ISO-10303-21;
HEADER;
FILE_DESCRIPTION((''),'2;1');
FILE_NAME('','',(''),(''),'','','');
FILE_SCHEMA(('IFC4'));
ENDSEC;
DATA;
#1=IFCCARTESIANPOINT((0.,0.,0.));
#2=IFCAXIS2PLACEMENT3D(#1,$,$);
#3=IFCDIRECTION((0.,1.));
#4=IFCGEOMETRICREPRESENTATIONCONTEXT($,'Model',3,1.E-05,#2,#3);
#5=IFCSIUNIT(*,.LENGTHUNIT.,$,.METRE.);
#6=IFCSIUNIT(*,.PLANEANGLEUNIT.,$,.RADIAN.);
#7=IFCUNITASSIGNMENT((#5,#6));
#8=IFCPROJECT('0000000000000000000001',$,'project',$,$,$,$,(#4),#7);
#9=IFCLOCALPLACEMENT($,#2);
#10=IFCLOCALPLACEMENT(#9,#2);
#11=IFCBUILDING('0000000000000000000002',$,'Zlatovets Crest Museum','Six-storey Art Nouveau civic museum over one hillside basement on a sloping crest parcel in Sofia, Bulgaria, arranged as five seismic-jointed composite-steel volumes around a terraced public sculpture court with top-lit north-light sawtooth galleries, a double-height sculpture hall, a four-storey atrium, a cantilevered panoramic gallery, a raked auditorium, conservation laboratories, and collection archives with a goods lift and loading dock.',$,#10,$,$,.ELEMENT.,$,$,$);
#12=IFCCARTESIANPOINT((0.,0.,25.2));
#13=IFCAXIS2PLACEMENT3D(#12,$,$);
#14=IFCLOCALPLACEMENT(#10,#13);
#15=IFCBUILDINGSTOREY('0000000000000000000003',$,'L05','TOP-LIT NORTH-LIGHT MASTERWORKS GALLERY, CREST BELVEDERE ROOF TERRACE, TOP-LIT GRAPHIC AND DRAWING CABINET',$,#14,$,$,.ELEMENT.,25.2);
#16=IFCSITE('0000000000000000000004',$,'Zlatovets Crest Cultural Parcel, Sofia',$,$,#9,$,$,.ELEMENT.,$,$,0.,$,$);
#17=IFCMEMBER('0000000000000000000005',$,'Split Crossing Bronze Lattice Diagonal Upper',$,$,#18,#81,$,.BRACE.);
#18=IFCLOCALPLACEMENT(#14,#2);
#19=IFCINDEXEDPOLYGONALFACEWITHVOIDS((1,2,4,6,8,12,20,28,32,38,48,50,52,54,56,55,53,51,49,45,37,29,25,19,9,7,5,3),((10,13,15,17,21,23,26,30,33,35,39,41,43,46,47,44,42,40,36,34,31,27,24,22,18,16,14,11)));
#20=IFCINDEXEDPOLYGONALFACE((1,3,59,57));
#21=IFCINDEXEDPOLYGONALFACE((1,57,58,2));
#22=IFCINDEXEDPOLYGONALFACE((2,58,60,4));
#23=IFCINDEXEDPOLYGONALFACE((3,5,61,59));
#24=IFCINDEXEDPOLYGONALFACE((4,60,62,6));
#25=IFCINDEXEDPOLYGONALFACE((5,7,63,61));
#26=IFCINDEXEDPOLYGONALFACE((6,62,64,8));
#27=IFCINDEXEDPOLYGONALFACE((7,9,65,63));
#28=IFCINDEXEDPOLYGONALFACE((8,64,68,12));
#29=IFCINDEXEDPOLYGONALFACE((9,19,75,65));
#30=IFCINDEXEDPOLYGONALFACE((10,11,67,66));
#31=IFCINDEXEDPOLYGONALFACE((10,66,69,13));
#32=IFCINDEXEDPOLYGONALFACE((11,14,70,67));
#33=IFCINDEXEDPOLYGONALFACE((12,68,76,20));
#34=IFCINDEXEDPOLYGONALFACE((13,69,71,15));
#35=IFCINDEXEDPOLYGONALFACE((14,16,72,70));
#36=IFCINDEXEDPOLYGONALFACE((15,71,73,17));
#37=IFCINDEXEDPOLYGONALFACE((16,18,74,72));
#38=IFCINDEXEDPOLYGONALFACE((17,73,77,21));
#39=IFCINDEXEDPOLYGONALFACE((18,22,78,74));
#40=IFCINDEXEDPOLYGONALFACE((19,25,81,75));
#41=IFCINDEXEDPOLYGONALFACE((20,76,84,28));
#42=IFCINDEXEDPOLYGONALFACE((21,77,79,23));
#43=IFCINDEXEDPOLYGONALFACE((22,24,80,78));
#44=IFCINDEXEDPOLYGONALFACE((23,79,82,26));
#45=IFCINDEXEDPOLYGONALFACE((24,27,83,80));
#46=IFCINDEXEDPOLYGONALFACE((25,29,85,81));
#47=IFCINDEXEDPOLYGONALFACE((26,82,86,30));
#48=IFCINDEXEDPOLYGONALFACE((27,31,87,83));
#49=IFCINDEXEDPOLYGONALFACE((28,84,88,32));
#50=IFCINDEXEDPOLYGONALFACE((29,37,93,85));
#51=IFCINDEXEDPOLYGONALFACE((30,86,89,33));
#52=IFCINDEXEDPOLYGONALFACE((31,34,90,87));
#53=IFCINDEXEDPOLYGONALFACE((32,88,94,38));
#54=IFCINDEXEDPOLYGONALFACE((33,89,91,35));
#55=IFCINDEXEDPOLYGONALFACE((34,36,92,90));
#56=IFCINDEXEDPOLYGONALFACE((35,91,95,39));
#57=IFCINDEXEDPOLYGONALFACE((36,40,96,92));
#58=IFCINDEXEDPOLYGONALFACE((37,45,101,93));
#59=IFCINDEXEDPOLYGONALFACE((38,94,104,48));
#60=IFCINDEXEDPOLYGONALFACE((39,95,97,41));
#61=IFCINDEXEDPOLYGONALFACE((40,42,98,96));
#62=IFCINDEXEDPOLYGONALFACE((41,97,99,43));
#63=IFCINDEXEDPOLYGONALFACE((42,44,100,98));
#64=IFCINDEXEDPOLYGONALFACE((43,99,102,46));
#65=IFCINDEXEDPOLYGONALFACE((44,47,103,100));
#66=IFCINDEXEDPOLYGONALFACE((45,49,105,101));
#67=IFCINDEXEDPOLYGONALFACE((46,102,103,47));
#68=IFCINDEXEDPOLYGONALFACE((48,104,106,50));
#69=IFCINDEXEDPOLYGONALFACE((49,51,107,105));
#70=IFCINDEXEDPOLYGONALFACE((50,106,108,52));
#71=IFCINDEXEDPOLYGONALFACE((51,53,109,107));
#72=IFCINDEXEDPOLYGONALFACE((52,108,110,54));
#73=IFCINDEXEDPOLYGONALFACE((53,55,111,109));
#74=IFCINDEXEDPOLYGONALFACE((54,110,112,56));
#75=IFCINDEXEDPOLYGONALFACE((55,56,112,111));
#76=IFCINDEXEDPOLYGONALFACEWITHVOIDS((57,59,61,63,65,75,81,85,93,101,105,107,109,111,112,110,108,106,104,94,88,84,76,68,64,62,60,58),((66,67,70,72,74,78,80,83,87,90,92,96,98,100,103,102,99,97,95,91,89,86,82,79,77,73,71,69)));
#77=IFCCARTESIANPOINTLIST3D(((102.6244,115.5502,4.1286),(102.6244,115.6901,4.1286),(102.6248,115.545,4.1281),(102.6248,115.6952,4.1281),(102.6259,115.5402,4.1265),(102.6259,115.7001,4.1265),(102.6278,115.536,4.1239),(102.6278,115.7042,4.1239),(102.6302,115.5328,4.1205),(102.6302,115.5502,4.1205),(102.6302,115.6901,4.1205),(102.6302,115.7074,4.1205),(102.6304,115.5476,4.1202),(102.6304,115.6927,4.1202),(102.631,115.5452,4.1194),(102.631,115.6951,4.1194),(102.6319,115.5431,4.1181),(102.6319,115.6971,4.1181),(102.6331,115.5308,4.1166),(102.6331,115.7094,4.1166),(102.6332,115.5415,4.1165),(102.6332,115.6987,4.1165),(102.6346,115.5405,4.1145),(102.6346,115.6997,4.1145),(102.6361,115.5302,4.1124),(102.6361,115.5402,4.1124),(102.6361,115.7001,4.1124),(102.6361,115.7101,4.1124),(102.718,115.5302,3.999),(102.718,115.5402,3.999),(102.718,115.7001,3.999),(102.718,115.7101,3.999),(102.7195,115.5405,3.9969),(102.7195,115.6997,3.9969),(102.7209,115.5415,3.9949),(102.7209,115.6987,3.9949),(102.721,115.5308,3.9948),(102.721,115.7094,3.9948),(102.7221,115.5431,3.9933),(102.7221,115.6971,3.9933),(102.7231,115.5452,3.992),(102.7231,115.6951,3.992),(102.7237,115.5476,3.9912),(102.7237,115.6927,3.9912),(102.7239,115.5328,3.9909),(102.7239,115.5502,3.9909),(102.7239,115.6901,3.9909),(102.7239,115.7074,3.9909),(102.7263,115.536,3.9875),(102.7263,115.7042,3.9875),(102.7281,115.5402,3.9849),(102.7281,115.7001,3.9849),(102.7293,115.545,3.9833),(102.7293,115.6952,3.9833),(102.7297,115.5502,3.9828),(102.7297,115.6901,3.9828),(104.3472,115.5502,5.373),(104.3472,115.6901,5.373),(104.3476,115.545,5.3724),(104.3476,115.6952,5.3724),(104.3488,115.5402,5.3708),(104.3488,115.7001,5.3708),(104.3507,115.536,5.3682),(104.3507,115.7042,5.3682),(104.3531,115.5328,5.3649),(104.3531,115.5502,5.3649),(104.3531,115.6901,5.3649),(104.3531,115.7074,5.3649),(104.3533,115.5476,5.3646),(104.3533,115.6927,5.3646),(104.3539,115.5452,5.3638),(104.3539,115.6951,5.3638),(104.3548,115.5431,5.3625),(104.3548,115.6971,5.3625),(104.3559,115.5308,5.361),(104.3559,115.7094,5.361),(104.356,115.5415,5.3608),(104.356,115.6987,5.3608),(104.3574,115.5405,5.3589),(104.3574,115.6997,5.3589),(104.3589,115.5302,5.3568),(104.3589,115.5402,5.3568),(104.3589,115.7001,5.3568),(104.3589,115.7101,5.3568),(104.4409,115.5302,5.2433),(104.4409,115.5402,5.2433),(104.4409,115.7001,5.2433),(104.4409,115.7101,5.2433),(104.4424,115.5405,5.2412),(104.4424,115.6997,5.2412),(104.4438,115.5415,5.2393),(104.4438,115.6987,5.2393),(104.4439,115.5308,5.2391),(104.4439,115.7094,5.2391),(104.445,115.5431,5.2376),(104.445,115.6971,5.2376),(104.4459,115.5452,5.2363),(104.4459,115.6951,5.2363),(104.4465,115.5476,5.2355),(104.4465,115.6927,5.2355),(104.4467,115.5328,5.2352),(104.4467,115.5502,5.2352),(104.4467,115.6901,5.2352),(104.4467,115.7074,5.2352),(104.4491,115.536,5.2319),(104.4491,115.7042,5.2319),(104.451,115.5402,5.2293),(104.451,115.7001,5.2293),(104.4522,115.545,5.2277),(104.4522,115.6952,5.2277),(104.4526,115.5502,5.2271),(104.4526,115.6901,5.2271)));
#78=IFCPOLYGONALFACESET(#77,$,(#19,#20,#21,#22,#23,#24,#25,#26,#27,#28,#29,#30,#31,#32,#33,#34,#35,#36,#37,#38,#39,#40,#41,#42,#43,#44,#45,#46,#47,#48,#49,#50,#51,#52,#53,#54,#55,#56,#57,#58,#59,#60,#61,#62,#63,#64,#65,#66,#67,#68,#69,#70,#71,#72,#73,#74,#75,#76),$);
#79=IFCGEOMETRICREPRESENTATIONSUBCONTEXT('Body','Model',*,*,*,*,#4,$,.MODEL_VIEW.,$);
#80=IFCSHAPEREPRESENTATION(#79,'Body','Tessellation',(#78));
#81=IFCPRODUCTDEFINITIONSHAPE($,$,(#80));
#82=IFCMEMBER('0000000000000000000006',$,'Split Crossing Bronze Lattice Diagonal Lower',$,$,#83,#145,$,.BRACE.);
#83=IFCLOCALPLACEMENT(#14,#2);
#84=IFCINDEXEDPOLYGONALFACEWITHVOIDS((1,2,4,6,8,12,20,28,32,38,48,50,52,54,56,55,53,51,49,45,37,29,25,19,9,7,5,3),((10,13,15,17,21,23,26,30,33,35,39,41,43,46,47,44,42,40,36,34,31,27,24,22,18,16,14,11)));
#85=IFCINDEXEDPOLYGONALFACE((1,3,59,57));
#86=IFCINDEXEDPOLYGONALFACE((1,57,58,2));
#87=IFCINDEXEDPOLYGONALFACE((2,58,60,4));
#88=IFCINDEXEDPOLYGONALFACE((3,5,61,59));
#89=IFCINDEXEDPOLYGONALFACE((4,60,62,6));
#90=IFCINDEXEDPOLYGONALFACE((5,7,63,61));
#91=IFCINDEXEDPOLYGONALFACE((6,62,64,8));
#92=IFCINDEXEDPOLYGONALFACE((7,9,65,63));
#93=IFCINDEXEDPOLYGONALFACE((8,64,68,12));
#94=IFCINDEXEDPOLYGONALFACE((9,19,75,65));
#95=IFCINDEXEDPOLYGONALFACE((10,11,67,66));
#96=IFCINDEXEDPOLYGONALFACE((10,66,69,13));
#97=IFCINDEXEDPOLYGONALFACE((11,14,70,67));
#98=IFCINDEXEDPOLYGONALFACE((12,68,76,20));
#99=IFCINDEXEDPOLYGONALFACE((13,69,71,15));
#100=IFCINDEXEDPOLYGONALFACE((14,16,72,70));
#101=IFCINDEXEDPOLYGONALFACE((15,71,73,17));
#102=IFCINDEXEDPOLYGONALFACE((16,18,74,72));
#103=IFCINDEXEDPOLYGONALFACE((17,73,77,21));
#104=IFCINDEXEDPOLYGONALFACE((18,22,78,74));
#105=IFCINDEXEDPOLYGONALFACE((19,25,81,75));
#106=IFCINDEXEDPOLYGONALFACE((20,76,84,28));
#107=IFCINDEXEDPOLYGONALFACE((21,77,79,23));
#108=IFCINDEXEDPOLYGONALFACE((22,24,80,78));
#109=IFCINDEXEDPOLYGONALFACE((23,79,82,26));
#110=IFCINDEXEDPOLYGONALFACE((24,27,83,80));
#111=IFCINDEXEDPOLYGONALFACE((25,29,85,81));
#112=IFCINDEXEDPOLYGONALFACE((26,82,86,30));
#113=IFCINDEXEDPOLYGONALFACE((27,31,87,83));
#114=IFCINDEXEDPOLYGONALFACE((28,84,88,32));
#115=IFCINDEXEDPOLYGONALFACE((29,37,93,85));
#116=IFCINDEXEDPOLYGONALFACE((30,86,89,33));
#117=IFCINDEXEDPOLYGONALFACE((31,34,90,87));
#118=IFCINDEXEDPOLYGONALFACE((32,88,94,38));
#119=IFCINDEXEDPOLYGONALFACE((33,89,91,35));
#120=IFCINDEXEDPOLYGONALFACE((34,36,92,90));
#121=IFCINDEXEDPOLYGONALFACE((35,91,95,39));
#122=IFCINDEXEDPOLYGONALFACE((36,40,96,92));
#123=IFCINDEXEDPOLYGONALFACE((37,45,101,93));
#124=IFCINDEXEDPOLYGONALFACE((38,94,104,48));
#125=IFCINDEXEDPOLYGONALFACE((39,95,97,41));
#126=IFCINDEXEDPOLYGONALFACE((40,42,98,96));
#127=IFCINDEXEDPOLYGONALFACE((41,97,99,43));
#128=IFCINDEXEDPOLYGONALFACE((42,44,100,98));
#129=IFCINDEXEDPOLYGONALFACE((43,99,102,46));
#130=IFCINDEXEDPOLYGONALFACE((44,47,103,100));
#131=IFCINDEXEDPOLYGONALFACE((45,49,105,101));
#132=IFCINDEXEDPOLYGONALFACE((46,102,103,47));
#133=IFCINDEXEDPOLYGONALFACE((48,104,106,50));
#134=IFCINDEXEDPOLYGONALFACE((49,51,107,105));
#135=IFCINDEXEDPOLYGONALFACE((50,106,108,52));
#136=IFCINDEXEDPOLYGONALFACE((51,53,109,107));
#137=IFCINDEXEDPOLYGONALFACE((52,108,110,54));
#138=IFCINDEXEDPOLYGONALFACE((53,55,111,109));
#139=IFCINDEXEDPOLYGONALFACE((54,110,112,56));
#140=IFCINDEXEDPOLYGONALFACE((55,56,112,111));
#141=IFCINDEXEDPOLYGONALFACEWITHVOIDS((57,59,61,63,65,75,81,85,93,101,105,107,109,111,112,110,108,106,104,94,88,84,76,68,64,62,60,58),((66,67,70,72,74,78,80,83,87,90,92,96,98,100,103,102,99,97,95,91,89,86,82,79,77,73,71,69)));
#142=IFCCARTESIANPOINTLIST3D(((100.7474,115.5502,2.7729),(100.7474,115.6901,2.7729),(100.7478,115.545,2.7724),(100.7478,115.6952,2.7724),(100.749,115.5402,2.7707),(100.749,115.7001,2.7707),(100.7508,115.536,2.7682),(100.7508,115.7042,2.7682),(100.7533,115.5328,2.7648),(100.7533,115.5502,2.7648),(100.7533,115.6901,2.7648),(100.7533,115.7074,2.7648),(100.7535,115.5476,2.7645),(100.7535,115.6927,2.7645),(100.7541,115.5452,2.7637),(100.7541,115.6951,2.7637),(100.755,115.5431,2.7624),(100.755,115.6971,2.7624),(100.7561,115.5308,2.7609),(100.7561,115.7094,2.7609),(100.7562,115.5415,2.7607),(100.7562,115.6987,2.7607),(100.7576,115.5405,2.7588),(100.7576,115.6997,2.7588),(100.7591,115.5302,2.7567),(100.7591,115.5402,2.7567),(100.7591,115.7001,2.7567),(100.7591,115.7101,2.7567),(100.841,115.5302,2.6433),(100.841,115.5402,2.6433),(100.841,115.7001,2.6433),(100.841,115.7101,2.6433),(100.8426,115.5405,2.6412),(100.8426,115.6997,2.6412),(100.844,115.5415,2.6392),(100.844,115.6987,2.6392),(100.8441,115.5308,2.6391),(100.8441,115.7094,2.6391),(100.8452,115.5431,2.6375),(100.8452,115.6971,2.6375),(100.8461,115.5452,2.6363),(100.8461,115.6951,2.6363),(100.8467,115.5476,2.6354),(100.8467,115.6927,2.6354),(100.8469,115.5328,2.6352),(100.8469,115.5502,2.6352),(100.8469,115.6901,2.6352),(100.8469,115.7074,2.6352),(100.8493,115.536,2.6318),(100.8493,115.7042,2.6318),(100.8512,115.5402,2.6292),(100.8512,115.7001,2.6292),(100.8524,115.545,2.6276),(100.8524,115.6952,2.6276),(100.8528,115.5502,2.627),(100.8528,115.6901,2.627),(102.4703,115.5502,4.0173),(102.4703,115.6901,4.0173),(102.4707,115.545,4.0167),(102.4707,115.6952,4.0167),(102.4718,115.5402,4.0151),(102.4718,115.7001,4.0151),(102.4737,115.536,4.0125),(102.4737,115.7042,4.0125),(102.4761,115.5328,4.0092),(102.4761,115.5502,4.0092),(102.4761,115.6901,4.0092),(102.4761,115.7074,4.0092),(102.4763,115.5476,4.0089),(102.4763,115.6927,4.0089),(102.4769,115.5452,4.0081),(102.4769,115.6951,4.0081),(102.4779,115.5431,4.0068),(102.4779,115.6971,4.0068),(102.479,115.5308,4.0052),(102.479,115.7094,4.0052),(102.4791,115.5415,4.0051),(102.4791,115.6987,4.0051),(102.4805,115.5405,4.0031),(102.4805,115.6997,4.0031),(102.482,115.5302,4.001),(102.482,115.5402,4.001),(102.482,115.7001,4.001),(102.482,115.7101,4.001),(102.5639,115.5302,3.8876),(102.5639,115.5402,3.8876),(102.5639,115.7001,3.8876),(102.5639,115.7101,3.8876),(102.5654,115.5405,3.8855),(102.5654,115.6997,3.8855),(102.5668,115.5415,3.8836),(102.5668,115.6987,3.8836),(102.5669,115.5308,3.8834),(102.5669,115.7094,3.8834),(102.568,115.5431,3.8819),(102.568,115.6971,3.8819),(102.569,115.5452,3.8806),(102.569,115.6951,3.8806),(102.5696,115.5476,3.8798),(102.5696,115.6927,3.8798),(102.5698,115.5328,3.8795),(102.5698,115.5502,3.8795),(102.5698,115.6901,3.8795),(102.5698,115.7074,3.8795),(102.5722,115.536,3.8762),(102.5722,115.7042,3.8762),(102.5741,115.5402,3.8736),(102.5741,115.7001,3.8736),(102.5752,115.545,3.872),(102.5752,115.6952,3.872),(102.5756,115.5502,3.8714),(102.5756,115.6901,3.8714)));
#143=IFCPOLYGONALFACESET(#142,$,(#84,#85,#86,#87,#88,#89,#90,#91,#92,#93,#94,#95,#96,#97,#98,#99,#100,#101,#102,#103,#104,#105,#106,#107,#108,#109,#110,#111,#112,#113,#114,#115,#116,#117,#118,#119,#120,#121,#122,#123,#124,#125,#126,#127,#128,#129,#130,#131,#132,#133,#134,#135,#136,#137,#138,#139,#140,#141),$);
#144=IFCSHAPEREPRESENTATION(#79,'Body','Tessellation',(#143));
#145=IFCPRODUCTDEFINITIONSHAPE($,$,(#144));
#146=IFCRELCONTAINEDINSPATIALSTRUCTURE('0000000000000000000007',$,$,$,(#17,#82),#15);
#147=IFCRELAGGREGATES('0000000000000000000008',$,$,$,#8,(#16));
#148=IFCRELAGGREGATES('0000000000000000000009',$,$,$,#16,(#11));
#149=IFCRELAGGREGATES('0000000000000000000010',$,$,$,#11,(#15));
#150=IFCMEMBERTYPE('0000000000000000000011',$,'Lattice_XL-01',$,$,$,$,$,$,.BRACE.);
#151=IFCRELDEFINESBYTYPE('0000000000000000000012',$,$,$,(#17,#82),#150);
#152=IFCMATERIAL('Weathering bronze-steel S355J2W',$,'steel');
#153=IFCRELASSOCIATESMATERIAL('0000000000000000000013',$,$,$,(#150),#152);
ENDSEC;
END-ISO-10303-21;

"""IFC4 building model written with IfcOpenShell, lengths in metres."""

from ifc_helpers import new_model, si_unit, direction, frame, origin, origin_2d, place, context, subcontext, project, spatial, hollow_rectangle, extrude, material, material_profile, profile_set, type_object, element, save


model = new_model("IFC4")

# Units and contexts
model_context = context("Model", 3, precision=1e-05, world=origin(), true_north=direction((0.0, 1.0)))
body_context = subcontext(model_context, "Body", "Model", "MODEL_VIEW")
ifc_project = project(units=[si_unit("LENGTHUNIT", "METRE"), si_unit("PLANEANGLEUNIT", "RADIAN")], contexts=[model_context])

# Site, building, storey
site_placement = place(None, origin())
site = spatial("IfcSite", under=ifc_project, at=site_placement, Name="Zlatovets Crest Cultural Parcel, Sofia", CompositionType="ELEMENT", RefElevation=0.0)
building_placement = place(site_placement, origin())
building = spatial("IfcBuilding", under=site, at=building_placement, Name="Zlatovets Crest Museum", Description="Six-storey Art Nouveau civic museum over one hillside basement on a sloping crest parcel in Sofia, Bulgaria, arranged as five seismic-jointed composite-steel volumes around a terraced public sculpture court with top-lit north-light sawtooth galleries, a double-height sculpture hall, a four-storey atrium, a cantilevered panoramic gallery, a raked auditorium, conservation laboratories, and collection archives with a goods lift and loading dock.", CompositionType="ELEMENT")
storey_placement = place(building_placement, frame((0.0, 0.0, 25.2)))
storey = spatial("IfcBuildingStorey", under=building, at=storey_placement, Name="L05", Description="TOP-LIT NORTH-LIGHT MASTERWORKS GALLERY, CREST BELVEDERE ROOF TERRACE, TOP-LIT GRAPHIC AND DRAWING CABINET", CompositionType="ELEMENT", Elevation=25.2)

# Members
ifc_material_1 = material(Name="Weathering bronze-steel S355J2W", Category="steel")
ifc_material_profile_1 = material_profile(ifc_material_1, hollow_rectangle(XDim=0.1799, YDim=0.1799, WallThickness=0.01, InnerFilletRadius=0.01, OuterFilletRadius=0.02, at=origin_2d()), Name="SHS 180x180x10.0")
ifc_profile_set_1 = profile_set([ifc_material_profile_1], Name="Weathering bronze-steel S355J2W")
member_type_1 = type_object("IfcMemberType", Name="Lattice_XL-01", PredefinedType="BRACE", material=ifc_profile_set_1)
for number, where, z_axis, x_axis, name in (
    (1, (104.3999, 115.6201, 5.3), (-0.810664, 0.0, -0.585512), (0.0, -1.0, 0.0), "Split Crossing Bronze Lattice Diagonal Upper"),
    (2, (102.5229, 115.6201, 3.9443), (-0.810664, 0.0, -0.585512), (0.0, -1.0, 0.0), "Split Crossing Bronze Lattice Diagonal Lower"),
):
    element("IfcMember", number, at=place(storey_placement, frame(where, z_axis=z_axis, x_axis=x_axis)), inside=storey, type_object=member_type_1, Name=name, PredefinedType="BRACE", context=body_context, shape_type="SweptSolid", body=[
        extrude(hollow_rectangle(XDim=0.1799, YDim=0.1799, WallThickness=0.01, InnerFilletRadius=0.01, OuterFilletRadius=0.02, at=origin_2d()), origin(), (0.0, 0.0, 1.0), 2.1252),
    ])

save(model, "model.ifc")
